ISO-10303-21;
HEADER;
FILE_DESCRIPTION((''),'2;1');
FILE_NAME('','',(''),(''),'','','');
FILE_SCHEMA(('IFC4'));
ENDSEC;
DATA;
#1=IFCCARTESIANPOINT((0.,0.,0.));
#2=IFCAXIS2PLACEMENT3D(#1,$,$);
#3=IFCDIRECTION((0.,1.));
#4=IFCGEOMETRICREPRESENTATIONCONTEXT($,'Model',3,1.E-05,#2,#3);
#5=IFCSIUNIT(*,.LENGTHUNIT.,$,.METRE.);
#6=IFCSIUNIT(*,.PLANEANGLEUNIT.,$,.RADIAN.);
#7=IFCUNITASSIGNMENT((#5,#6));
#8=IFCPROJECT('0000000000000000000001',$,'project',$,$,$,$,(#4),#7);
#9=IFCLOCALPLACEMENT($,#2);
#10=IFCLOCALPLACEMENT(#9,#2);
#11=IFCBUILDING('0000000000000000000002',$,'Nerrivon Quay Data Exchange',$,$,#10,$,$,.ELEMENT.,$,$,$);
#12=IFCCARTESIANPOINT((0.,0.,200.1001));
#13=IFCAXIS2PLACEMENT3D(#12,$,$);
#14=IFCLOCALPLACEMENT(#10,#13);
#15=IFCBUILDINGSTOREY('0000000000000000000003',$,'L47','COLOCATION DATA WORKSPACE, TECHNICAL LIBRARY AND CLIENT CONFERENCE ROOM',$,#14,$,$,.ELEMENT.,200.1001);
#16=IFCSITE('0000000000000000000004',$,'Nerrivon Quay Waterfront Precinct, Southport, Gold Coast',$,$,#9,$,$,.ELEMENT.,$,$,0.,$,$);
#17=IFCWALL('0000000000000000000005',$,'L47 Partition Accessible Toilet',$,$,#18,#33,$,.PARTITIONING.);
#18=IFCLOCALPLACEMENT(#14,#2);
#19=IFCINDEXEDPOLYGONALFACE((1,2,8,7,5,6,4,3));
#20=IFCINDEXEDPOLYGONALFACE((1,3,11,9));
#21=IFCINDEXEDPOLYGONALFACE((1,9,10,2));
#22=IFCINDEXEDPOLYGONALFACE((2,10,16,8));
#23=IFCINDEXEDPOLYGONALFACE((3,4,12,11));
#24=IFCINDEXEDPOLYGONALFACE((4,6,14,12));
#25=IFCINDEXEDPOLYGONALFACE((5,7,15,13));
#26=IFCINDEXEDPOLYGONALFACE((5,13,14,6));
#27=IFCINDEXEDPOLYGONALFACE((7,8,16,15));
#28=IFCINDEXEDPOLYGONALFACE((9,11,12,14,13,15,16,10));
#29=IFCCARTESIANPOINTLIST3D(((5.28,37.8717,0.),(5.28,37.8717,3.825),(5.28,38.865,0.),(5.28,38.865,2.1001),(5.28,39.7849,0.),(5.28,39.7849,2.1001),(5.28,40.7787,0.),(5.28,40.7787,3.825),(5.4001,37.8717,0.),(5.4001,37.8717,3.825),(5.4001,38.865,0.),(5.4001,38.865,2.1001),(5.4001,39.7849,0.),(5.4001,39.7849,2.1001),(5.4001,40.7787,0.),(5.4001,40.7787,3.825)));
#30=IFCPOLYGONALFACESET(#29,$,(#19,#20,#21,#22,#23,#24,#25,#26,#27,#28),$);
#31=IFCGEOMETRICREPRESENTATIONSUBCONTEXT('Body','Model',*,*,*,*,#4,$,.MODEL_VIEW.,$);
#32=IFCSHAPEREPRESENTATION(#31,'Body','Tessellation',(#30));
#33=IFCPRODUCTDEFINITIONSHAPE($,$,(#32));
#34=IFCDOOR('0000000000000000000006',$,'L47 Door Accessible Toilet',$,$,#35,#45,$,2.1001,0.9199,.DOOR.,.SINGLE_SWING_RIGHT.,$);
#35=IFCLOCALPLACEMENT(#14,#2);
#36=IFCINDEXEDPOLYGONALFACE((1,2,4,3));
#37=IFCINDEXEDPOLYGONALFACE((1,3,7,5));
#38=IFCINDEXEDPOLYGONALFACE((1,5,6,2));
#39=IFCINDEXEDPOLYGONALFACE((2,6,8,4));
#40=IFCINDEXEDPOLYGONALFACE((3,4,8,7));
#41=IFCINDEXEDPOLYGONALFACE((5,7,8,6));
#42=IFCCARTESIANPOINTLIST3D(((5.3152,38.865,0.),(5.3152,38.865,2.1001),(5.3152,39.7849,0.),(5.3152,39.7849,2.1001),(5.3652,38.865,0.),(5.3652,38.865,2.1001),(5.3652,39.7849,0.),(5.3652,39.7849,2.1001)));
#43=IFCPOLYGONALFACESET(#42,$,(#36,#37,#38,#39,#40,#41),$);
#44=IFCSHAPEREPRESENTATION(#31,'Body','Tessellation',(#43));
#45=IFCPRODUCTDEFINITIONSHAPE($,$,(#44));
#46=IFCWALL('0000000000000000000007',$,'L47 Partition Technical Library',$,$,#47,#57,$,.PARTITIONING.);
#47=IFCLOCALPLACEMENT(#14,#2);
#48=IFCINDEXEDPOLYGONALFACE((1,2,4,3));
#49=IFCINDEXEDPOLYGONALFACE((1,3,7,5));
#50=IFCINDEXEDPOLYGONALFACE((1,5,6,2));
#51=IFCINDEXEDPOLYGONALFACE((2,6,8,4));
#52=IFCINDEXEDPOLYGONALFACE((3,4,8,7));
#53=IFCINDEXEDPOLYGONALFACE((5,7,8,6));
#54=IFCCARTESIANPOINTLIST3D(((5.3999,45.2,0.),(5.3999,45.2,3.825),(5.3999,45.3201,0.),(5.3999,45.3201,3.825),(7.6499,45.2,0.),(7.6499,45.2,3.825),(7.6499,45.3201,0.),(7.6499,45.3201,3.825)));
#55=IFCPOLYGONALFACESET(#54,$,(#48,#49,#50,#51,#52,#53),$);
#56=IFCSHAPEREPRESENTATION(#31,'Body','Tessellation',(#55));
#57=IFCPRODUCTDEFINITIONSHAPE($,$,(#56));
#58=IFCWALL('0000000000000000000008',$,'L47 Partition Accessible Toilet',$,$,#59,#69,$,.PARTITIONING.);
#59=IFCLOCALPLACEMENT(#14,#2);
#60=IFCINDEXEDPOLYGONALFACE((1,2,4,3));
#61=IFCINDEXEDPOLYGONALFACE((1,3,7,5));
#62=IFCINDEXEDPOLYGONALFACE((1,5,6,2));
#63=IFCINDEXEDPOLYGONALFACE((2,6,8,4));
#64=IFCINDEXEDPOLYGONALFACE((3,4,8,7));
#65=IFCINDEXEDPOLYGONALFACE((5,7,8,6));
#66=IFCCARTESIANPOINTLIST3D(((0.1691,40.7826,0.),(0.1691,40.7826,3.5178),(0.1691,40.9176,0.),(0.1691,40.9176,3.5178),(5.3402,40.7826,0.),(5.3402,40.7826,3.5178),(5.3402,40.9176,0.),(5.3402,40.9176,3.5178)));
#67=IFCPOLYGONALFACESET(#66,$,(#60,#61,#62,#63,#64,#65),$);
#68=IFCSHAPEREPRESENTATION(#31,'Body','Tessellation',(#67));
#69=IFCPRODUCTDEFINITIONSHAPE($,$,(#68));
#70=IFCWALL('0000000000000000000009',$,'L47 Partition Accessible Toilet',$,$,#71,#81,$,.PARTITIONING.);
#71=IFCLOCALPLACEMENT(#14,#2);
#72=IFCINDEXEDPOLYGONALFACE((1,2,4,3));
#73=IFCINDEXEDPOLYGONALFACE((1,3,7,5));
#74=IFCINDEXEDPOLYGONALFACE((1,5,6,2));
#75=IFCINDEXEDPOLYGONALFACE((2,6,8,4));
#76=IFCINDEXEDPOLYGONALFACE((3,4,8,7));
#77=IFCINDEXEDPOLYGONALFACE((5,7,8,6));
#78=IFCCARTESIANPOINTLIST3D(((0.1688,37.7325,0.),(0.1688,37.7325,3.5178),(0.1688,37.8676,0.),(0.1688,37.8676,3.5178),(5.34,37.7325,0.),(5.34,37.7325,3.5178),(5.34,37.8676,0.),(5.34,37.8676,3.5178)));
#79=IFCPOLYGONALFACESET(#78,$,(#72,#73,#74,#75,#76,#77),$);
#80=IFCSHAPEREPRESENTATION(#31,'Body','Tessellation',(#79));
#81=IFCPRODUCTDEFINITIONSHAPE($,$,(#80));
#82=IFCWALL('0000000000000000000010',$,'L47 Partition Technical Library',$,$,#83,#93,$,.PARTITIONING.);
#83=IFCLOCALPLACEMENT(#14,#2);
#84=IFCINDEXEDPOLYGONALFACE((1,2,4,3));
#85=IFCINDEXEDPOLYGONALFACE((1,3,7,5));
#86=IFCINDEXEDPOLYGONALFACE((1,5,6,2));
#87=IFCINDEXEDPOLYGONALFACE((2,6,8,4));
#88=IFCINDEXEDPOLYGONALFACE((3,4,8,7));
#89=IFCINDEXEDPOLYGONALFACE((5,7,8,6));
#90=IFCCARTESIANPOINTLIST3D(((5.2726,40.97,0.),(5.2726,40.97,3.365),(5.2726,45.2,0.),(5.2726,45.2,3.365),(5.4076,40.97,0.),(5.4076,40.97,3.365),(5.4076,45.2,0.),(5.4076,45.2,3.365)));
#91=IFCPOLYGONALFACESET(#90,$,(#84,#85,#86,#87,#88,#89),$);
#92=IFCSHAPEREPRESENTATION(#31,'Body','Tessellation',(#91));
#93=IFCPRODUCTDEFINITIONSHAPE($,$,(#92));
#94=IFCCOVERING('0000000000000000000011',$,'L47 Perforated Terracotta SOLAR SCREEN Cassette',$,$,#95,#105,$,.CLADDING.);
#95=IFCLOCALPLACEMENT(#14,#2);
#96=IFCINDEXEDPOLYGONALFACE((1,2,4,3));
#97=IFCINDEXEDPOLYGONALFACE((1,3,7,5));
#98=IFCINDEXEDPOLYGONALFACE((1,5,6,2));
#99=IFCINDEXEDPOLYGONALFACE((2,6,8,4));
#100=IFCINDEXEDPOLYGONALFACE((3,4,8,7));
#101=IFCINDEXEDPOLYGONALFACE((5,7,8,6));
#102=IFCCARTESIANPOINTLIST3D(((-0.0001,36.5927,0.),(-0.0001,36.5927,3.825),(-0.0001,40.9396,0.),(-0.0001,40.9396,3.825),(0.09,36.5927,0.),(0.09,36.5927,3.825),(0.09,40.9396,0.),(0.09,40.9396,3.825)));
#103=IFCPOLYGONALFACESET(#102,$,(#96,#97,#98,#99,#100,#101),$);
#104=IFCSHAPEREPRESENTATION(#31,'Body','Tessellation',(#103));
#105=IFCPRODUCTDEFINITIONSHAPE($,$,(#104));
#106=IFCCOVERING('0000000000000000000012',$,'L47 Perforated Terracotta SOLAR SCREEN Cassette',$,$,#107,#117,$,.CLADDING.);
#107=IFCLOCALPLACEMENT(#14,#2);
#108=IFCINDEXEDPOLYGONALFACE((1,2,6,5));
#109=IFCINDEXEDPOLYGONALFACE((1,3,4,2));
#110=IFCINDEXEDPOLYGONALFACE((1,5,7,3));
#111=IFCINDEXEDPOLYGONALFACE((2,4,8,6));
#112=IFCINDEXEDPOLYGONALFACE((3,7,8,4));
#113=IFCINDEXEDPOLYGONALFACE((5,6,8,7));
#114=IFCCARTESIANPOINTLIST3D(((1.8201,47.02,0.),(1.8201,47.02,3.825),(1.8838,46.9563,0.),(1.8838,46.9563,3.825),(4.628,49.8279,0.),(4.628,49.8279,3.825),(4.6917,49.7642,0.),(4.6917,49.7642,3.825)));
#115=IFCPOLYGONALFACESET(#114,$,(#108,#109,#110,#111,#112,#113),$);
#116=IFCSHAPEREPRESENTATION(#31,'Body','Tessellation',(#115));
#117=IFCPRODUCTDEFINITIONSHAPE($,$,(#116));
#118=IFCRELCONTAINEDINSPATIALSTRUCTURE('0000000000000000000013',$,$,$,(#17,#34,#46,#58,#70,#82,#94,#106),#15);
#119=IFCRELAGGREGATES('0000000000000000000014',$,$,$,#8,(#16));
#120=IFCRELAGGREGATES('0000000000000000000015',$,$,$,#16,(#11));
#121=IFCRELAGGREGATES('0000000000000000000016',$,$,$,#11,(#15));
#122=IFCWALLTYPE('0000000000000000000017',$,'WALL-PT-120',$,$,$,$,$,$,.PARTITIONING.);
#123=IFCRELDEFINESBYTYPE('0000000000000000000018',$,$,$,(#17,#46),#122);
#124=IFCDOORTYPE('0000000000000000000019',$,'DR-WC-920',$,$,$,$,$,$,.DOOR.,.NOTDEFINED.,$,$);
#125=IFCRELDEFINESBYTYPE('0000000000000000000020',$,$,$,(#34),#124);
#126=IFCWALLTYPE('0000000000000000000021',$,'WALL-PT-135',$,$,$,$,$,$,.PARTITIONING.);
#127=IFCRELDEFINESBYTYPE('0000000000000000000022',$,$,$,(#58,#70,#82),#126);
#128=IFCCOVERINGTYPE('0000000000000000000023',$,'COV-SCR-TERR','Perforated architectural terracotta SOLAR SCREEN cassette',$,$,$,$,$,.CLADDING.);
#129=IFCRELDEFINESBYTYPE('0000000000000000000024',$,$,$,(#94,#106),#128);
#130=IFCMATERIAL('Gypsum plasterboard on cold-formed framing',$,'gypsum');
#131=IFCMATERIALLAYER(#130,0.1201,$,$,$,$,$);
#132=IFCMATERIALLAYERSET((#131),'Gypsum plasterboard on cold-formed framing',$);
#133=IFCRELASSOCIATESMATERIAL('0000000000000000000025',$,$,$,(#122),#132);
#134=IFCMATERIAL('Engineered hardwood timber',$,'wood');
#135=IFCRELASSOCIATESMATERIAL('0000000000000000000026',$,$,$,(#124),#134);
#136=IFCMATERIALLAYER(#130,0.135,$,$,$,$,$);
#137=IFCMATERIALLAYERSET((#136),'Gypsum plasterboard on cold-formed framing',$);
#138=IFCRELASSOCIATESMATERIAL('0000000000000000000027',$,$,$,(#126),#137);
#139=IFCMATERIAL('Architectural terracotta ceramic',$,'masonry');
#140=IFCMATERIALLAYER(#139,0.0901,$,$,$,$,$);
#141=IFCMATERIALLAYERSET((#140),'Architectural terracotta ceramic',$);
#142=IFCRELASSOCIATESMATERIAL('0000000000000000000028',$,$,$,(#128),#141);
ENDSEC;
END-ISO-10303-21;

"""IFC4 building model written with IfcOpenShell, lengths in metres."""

from ifc_helpers import new_model, si_unit, direction, frame, frame_2d, origin, origin_2d, place, context, subcontext, project, spatial, rectangle, extrude, material, layer, layer_set, type_object, element, fill, save


model = new_model("IFC4")

# Units and contexts
model_context = context("Model", 3, precision=1e-05, world=origin(), true_north=direction((0.0, 1.0)))
body_context = subcontext(model_context, "Body", "Model", "MODEL_VIEW")
ifc_project = project(units=[si_unit("LENGTHUNIT", "METRE"), si_unit("PLANEANGLEUNIT", "RADIAN")], contexts=[model_context])

# Site, building, storey
site_placement = place(None, origin())
site = spatial("IfcSite", under=ifc_project, at=site_placement, Name="Nerrivon Quay Waterfront Precinct, Southport, Gold Coast", CompositionType="ELEMENT", RefElevation=0.0)
building_placement = place(site_placement, origin())
building = spatial("IfcBuilding", under=site, at=building_placement, Name="Nerrivon Quay Data Exchange", CompositionType="ELEMENT")
storey_placement = place(building_placement, frame((0.0, 0.0, 200.1001)))
storey = spatial("IfcBuildingStorey", under=building, at=storey_placement, Name="L47", Description="COLOCATION DATA WORKSPACE, TECHNICAL LIBRARY AND CLIENT CONFERENCE ROOM", CompositionType="ELEMENT", Elevation=200.1001)

# Wall, opening, door
ifc_material_1 = material(Name="Gypsum plasterboard on cold-formed framing", Category="gypsum")
ifc_layer_1 = layer(ifc_material_1, 0.1201)
ifc_layer_set_1 = layer_set([ifc_layer_1], Name="Gypsum plasterboard on cold-formed framing")
wall_type_1 = type_object("IfcWallType", Name="WALL-PT-120", PredefinedType="PARTITIONING", material=ifc_layer_set_1)
wall_1_placement = place(storey_placement, frame((5.3401, 37.8716, 0.0), z_axis=(0.0, 0.0, 1.0), x_axis=(0.0, 1.0, 0.0)))
wall_1 = element("IfcWall", 1, at=wall_1_placement, inside=storey, type_object=wall_type_1, Name="L47 Partition Accessible Toilet", PredefinedType="PARTITIONING", context=body_context, shape_type="SweptSolid", body=[
    extrude(rectangle(XDim=2.907, YDim=0.1201, at=frame_2d((1.4536, 0.0))), origin(), (0.0, 0.0, 1.0), 3.825),
])
opening_placement = place(wall_1_placement, frame((0.9934, 0.0, 0.0)))
opening = element("IfcOpeningElement", 2, at=opening_placement, cuts=wall_1, PredefinedType="OPENING", context=body_context, shape_type="SweptSolid", body=[
    extrude(rectangle(XDim=0.9199, YDim=2.1001, at=frame_2d((0.46, 1.05))), frame((0.0, 0.0701, 0.0), z_axis=(0.0, -1.0, 0.0), x_axis=(1.0, 0.0, 0.0)), (0.0, 0.0, 1.0), 0.1401),
])
ifc_material_2 = material(Name="Engineered hardwood timber", Category="wood")
door_type = type_object("IfcDoorType", Name="DR-WC-920", OperationType="NOTDEFINED", PredefinedType="DOOR", material=ifc_material_2)
door_placement = place(opening_placement, origin())
door = element("IfcDoor", 3, at=door_placement, inside=storey, type_object=door_type, Name="L47 Door Accessible Toilet", OperationType="SINGLE_SWING_RIGHT", OverallHeight=2.1001, OverallWidth=0.9199, PredefinedType="DOOR", context=body_context, shape_type="SweptSolid", body=[
    extrude(rectangle(XDim=0.9199, YDim=2.1001, at=frame_2d((0.46, 1.05))), frame((0.0, 0.0249, 0.0), z_axis=(0.0, -1.0, 0.0), x_axis=(1.0, 0.0, 0.0)), (0.0, 0.0, 1.0), 0.05),
])
fill(opening, door)

# Walls
wall_2_placement = place(storey_placement, frame((5.3999, 45.26, 0.0), z_axis=(0.0, 0.0, 1.0), x_axis=(1.0, 0.0, 0.0)))
element("IfcWall", 4, at=wall_2_placement, inside=storey, type_object=wall_type_1, Name="L47 Partition Technical Library", PredefinedType="PARTITIONING", context=body_context, shape_type="SweptSolid", body=[
    extrude(rectangle(XDim=2.25, YDim=0.1201, at=frame_2d((1.125, 0.0))), origin(), (0.0, 0.0, 1.0), 3.825),
])
ifc_layer_2 = layer(ifc_material_1, 0.135)
ifc_layer_set_2 = layer_set([ifc_layer_2], Name="Gypsum plasterboard on cold-formed framing")
wall_type_2 = type_object("IfcWallType", Name="WALL-PT-135", PredefinedType="PARTITIONING", material=ifc_layer_set_2)
for number, where, z_axis, x_axis, name in (
    (5, (5.3401, 40.8501, 0.0), (0.0, 0.0, 1.0), (-1.0, 0.0, 0.0), "L47 Partition Accessible Toilet"),
    (6, (0.1689, 37.8, 0.0), (0.0, 0.0, 1.0), (1.0, 0.0, 0.0), "L47 Partition Accessible Toilet"),
):
    element("IfcWall", number, at=place(storey_placement, frame(where, z_axis=z_axis, x_axis=x_axis)), inside=storey, type_object=wall_type_2, Name=name, PredefinedType="PARTITIONING", context=body_context, shape_type="SweptSolid", body=[
        extrude(rectangle(XDim=5.1711, YDim=0.135, at=frame_2d((2.5854, 0.0))), origin(), (0.0, 0.0, 1.0), 3.5178),
    ])
wall_3_placement = place(storey_placement, frame((5.3401, 40.97, 0.0), z_axis=(0.0, 0.0, 1.0), x_axis=(0.0, 1.0, 0.0)))
element("IfcWall", 7, at=wall_3_placement, inside=storey, type_object=wall_type_2, Name="L47 Partition Technical Library", PredefinedType="PARTITIONING", context=body_context, shape_type="SweptSolid", body=[
    extrude(rectangle(XDim=4.23, YDim=0.135, at=frame_2d((2.115, 0.0))), origin(), (0.0, 0.0, 1.0), 3.365),
])

# Coverings
ifc_material_3 = material(Name="Architectural terracotta ceramic", Category="masonry")
ifc_layer_3 = layer(ifc_material_3, 0.0901)
ifc_layer_set_3 = layer_set([ifc_layer_3], Name="Architectural terracotta ceramic")
covering_type = type_object("IfcCoveringType", Name="COV-SCR-TERR", Description="Perforated architectural terracotta SOLAR SCREEN cassette", PredefinedType="CLADDING", material=ifc_layer_set_3)
covering_1_placement = place(storey_placement, frame((0.0449, 38.7661, 0.0), z_axis=(0.0, 0.0, 1.0), x_axis=(0.0, 1.0, 0.0)))
element("IfcCovering", 8, at=covering_1_placement, inside=storey, type_object=covering_type, Name="L47 Perforated Terracotta SOLAR SCREEN Cassette", PredefinedType="CLADDING", context=body_context, shape_type="SweptSolid", body=[
    extrude(rectangle(XDim=4.3469, YDim=0.0901, at=origin_2d()), origin(), (0.0, 0.0, 1.0), 3.825),
])
covering_2_placement = place(storey_placement, frame((3.2559, 48.3921, 0.0), z_axis=(0.0, 0.0, 1.0), x_axis=(0.707107, 0.707107, 0.0)))
element("IfcCovering", 9, at=covering_2_placement, inside=storey, type_object=covering_type, Name="L47 Perforated Terracotta SOLAR SCREEN Cassette", PredefinedType="CLADDING", context=body_context, shape_type="SweptSolid", body=[
    extrude(rectangle(XDim=3.9709, YDim=0.0901, at=origin_2d()), origin(), (0.0, 0.0, 1.0), 3.825),
])

save(model, "model.ifc")
